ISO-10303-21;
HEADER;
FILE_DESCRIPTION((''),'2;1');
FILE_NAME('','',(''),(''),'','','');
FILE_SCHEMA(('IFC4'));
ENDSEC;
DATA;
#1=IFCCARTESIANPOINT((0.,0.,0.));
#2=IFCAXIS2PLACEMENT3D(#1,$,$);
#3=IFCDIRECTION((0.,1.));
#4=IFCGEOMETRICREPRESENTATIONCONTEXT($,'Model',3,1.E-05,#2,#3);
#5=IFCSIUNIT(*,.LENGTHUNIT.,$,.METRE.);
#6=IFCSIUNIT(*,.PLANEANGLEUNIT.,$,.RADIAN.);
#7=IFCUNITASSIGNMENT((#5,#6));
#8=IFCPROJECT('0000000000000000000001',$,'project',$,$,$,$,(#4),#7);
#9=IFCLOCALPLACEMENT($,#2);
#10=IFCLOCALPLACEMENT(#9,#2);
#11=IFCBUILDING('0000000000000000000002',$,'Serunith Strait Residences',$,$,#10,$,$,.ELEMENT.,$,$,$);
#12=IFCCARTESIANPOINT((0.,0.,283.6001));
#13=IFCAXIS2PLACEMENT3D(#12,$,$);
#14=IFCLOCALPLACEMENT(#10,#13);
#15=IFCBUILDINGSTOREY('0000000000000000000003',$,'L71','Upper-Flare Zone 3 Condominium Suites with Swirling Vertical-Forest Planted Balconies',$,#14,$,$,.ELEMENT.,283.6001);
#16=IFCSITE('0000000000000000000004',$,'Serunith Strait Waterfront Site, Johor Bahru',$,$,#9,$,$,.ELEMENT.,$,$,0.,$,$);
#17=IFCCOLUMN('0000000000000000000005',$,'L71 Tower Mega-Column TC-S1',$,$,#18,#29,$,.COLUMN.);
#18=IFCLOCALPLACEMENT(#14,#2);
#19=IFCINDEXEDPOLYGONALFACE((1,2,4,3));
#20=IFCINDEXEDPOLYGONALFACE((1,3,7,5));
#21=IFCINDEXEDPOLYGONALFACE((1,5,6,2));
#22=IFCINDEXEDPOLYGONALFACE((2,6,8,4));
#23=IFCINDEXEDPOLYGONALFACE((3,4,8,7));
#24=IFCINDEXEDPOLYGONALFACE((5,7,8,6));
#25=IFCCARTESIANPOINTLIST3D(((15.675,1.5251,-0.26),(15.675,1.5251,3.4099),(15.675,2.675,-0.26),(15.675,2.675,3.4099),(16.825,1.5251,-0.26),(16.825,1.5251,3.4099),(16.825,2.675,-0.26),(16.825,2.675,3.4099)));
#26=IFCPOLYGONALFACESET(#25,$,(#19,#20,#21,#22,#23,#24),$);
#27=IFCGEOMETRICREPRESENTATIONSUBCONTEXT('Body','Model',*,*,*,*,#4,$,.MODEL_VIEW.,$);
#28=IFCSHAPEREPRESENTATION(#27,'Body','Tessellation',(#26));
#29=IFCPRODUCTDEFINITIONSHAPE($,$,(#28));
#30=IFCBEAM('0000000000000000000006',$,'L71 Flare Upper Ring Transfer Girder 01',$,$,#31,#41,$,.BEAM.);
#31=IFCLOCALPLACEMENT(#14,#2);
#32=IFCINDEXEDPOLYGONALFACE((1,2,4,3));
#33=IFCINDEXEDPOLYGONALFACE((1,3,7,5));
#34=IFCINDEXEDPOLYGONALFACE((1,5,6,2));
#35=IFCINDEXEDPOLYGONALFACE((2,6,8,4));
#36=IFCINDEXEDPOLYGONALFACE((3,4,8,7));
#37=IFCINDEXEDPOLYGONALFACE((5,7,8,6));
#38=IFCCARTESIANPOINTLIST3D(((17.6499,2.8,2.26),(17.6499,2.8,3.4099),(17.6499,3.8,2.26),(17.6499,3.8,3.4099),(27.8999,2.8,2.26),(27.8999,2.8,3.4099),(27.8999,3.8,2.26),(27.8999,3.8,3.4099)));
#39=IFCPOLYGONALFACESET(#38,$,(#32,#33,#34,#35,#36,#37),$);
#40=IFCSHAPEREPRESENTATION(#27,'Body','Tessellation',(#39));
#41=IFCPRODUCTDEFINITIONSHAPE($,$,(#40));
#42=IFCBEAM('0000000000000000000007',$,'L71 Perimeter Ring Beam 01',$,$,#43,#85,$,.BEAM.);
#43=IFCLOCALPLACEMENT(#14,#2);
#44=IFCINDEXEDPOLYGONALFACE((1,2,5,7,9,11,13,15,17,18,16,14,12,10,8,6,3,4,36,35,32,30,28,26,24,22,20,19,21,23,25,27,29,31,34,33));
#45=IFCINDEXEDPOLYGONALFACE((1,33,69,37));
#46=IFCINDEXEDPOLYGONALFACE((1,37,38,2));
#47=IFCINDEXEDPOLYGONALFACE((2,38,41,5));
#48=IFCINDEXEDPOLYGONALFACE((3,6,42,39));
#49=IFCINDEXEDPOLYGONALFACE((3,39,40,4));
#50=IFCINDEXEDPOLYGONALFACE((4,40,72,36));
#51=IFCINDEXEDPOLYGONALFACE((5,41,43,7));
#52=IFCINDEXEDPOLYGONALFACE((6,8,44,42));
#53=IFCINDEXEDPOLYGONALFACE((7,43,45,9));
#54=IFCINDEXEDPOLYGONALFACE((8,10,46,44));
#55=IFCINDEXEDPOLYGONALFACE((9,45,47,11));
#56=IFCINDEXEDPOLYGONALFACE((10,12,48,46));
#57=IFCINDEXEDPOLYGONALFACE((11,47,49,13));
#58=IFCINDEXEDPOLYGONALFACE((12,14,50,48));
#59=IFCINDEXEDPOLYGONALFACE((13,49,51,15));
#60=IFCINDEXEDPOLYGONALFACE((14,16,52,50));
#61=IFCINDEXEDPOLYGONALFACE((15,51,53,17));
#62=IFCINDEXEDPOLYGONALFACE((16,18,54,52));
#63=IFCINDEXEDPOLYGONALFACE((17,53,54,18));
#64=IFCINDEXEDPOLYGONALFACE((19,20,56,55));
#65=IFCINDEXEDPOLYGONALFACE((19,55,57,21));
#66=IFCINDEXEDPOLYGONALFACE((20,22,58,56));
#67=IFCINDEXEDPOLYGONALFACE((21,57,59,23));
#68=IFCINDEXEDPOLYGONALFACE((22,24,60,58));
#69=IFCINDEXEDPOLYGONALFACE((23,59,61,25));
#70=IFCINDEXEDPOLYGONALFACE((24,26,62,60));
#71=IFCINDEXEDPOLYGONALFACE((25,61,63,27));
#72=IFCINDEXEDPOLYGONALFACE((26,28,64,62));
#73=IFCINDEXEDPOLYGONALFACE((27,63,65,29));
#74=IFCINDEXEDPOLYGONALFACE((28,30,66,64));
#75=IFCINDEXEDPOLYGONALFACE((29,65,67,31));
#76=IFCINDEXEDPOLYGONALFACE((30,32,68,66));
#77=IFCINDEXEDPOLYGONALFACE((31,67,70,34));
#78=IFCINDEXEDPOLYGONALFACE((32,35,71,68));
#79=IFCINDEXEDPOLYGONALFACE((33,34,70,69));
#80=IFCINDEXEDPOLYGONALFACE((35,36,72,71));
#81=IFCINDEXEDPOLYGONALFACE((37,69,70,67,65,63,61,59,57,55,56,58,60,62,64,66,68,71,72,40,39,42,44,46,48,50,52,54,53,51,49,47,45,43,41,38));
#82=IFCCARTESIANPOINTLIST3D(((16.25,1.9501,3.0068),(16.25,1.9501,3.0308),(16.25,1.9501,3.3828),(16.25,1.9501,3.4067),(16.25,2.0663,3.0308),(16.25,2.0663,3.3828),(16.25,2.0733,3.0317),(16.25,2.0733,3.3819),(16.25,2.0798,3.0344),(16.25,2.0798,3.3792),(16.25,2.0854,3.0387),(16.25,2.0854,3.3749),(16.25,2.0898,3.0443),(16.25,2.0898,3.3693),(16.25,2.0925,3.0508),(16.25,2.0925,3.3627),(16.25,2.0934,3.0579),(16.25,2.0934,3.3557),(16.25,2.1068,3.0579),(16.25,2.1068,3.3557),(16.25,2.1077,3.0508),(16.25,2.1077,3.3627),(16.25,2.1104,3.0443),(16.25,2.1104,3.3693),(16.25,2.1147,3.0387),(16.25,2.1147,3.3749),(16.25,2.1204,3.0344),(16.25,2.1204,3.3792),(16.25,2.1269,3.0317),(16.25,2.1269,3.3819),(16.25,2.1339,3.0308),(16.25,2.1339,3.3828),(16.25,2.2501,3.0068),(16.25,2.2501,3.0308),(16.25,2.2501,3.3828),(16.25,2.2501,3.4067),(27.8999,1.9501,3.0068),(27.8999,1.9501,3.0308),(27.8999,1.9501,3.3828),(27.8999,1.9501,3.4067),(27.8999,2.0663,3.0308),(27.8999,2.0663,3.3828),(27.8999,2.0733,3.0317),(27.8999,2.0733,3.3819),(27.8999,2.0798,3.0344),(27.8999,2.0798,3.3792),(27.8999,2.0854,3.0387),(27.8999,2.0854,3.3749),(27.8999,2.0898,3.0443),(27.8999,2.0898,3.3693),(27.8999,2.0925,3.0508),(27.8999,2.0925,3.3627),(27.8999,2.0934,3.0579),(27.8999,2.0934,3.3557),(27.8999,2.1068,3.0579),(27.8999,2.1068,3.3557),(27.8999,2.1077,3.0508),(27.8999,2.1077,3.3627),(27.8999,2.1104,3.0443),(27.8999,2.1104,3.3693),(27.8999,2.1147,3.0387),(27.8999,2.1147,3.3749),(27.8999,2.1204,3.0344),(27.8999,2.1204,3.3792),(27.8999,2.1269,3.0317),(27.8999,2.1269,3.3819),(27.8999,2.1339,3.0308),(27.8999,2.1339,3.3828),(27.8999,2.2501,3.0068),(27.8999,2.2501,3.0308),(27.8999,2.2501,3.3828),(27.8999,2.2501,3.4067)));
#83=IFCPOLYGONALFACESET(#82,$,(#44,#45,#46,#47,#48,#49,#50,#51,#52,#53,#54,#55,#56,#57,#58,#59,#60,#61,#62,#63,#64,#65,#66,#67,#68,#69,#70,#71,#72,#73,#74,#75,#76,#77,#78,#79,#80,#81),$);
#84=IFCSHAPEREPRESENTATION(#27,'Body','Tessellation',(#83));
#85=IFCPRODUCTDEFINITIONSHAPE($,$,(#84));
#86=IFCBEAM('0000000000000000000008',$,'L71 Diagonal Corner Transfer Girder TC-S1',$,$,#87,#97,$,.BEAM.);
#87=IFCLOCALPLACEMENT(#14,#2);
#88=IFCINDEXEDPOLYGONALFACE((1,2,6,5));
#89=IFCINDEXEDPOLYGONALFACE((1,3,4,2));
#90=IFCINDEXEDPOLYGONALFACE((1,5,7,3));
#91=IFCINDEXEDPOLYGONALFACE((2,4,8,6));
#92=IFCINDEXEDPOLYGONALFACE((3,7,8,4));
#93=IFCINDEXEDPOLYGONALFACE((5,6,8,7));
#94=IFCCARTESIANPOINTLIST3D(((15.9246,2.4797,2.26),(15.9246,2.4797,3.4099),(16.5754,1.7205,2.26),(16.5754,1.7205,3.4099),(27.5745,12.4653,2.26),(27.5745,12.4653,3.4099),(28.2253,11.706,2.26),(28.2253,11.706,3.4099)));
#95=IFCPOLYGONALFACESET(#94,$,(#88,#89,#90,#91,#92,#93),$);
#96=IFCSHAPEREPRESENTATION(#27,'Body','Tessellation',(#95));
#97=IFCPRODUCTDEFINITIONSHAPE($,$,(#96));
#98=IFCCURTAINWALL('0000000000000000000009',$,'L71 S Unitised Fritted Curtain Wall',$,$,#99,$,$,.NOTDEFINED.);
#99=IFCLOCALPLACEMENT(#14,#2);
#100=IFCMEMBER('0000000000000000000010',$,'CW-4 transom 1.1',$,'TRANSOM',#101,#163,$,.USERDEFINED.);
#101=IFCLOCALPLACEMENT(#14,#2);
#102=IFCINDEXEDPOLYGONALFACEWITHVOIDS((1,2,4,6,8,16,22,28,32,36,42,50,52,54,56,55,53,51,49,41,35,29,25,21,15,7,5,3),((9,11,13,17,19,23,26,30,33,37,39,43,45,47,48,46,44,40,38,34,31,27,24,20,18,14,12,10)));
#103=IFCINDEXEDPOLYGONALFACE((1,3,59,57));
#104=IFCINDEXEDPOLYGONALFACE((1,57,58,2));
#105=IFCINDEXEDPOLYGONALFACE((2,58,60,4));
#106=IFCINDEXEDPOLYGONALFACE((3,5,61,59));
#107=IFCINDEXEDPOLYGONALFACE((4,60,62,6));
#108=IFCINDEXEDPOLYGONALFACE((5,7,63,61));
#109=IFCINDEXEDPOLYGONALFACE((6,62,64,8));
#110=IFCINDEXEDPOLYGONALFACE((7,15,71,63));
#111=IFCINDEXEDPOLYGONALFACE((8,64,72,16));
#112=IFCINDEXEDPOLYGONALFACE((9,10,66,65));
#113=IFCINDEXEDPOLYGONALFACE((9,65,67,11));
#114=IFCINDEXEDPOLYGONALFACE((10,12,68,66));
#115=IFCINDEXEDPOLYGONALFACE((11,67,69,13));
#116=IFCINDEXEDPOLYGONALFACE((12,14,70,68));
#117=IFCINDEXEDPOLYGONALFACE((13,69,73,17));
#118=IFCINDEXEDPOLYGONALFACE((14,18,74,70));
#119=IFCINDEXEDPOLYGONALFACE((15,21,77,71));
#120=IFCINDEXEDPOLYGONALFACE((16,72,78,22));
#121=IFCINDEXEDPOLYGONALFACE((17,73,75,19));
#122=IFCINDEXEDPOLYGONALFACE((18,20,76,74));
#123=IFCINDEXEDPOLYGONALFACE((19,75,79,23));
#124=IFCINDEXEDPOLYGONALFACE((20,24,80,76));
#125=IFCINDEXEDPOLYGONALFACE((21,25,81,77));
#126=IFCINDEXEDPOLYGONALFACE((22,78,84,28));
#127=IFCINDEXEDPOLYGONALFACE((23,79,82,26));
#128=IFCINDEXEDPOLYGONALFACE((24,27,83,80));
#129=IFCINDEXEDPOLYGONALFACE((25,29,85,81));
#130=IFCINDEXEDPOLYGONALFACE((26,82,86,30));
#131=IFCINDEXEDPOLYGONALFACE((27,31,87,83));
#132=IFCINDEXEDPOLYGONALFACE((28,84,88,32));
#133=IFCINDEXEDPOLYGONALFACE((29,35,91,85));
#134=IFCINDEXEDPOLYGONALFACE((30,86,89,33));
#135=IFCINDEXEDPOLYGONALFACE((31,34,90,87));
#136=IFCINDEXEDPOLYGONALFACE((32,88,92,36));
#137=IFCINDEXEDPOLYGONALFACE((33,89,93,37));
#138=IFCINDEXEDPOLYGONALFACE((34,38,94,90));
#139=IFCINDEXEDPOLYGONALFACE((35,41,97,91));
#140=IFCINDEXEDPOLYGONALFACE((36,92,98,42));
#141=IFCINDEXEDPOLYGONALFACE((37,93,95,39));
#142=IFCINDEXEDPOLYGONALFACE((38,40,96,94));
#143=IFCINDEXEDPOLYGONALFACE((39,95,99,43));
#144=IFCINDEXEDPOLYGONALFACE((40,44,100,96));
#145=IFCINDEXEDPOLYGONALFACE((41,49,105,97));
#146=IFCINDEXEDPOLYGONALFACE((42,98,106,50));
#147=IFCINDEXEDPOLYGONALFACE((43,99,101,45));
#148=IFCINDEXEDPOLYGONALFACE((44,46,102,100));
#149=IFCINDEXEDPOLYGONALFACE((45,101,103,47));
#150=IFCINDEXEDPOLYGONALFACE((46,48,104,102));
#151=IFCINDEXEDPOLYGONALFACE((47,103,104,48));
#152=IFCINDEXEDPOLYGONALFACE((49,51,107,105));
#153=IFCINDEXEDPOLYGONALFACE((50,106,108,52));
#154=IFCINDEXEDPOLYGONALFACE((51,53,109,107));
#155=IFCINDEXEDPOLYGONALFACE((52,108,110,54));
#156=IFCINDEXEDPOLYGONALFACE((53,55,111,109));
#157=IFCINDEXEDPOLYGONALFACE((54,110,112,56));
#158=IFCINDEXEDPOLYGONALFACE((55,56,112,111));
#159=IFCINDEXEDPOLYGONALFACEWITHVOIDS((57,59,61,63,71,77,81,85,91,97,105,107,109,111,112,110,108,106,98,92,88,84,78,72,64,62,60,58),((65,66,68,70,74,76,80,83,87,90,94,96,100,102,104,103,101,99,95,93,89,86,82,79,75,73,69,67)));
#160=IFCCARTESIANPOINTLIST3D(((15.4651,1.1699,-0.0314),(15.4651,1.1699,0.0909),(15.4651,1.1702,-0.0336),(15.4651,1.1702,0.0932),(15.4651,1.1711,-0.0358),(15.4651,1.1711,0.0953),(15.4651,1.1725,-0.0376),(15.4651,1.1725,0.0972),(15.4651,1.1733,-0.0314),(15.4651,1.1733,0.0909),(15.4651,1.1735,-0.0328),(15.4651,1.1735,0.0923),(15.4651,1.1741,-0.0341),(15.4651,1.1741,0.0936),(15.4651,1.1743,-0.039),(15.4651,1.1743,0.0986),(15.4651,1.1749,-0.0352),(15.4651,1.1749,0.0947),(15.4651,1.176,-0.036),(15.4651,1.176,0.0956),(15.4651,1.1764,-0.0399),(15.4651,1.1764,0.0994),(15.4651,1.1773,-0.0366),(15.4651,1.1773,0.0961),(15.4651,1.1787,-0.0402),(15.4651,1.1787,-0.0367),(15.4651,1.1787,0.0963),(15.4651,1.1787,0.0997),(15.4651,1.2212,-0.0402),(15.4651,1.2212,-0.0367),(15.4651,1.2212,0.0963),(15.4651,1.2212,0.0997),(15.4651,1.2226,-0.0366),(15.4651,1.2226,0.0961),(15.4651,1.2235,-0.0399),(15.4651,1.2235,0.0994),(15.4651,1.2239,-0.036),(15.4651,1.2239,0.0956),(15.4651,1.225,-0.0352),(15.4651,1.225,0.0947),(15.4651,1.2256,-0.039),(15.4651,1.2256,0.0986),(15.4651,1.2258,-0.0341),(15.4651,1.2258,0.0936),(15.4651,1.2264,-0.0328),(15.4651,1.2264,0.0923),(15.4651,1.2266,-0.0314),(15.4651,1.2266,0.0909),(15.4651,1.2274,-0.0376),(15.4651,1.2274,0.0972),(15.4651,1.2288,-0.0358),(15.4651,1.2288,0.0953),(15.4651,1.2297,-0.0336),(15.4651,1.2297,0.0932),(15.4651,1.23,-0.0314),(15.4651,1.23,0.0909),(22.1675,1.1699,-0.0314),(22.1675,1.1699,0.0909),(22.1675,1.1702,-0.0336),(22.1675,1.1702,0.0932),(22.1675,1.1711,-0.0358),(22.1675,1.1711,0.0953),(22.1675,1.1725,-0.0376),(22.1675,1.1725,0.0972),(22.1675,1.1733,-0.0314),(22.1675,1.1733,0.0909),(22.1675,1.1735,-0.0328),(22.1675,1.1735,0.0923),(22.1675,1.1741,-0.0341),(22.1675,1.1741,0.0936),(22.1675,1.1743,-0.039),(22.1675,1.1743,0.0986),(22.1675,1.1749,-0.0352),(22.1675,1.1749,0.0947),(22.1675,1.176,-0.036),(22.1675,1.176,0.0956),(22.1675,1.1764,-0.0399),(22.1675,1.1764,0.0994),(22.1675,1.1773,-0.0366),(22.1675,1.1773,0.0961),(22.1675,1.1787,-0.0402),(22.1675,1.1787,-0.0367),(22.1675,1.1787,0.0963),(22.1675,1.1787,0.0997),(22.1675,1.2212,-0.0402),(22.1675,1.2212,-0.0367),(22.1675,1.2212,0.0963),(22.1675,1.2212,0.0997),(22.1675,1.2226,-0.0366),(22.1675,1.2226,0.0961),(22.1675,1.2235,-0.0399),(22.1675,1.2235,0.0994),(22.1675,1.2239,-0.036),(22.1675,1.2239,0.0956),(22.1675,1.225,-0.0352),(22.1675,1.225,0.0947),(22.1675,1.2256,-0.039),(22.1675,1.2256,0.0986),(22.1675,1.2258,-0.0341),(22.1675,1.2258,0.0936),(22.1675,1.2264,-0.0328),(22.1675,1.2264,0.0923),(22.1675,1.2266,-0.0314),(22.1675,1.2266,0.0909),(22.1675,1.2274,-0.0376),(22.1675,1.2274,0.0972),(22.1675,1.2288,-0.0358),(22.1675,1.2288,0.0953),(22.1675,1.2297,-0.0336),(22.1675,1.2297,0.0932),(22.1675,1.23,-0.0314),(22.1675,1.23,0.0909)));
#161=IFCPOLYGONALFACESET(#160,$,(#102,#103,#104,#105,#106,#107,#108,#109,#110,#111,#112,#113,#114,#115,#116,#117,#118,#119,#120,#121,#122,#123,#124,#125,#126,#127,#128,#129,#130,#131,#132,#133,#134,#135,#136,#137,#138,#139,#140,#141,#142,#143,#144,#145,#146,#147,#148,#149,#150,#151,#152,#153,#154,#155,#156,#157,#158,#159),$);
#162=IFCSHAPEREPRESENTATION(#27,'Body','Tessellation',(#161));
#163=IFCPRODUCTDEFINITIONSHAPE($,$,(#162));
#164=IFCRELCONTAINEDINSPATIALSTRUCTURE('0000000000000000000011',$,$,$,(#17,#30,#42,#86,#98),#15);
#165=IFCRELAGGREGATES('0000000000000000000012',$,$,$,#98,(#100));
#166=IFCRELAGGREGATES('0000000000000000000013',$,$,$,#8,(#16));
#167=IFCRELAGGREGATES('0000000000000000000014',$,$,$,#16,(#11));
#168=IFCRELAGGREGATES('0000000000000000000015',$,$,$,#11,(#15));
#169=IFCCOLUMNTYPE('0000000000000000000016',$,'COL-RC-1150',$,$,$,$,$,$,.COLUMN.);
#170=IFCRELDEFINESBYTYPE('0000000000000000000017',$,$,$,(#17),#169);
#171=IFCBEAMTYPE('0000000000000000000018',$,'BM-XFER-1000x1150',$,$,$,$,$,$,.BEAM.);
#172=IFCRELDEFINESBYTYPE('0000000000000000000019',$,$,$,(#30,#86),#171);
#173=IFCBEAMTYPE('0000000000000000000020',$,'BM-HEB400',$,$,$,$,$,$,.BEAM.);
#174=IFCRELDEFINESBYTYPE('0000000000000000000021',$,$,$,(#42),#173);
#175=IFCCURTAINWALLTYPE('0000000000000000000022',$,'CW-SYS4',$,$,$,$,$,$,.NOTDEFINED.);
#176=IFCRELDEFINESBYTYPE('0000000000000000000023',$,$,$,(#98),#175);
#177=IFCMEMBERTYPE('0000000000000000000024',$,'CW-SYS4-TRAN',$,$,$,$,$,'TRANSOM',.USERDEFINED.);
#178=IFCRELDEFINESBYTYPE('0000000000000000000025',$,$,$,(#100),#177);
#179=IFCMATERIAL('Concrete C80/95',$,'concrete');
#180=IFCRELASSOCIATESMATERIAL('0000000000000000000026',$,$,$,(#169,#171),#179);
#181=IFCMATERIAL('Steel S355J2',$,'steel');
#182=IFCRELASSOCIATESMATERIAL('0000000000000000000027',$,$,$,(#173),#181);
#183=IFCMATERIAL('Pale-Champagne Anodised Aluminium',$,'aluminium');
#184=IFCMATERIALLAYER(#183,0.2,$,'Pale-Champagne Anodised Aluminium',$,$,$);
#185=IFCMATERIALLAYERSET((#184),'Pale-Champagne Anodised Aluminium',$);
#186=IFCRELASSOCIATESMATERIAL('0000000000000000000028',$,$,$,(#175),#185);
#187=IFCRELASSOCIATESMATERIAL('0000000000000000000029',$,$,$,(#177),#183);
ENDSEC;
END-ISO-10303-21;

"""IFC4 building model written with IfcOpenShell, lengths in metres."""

from ifc_helpers import new_model, si_unit, direction, frame, origin, origin_2d, place, context, subcontext, project, spatial, rectangle, hollow_rectangle, i_section, extrude, source, transform, mapped, material, layer, layer_set, material_profile, profile_set, type_object, element, aggregate, save


model = new_model("IFC4")

# Units and contexts
model_context = context("Model", 3, precision=1e-05, world=origin(), true_north=direction((0.0, 1.0)))
body_context = subcontext(model_context, "Body", "Model", "MODEL_VIEW")
ifc_project = project(units=[si_unit("LENGTHUNIT", "METRE"), si_unit("PLANEANGLEUNIT", "RADIAN")], contexts=[model_context])

# Site, building, storey
site_placement = place(None, origin())
site = spatial("IfcSite", under=ifc_project, at=site_placement, Name="Serunith Strait Waterfront Site, Johor Bahru", CompositionType="ELEMENT", RefElevation=0.0)
building_placement = place(site_placement, origin())
building = spatial("IfcBuilding", under=site, at=building_placement, Name="Serunith Strait Residences", CompositionType="ELEMENT")
storey_placement = place(building_placement, frame((0.0, 0.0, 283.6001)))
storey = spatial("IfcBuildingStorey", under=building, at=storey_placement, Name="L71", Description="Upper-Flare Zone 3 Condominium Suites with Swirling Vertical-Forest Planted Balconies", CompositionType="ELEMENT", Elevation=283.6001)

# Column
ifc_material_1 = material(Name="Concrete C80/95", Category="concrete")
ifc_material_profile_1 = material_profile(ifc_material_1, rectangle(XDim=1.1499, YDim=1.1499, at=origin_2d()), Name="RC 1150x1150")
ifc_profile_set_1 = profile_set([ifc_material_profile_1], Name="Concrete C80/95")
column_type = type_object("IfcColumnType", Name="COL-RC-1150", PredefinedType="COLUMN", material=ifc_profile_set_1)
shared_shape_1 = source(origin(), body_context, "Body", "SweptSolid", [
    extrude(rectangle(XDim=1.1499, YDim=1.1499, at=origin_2d()), origin(), (0.0, 0.0, 1.0), 3.6699),
])
column_placement = place(storey_placement, frame((16.25, 2.1001, -0.26), z_axis=(0.0, 0.0, 1.0), x_axis=(1.0, 0.0, 0.0)))
element("IfcColumn", 1, at=column_placement, inside=storey, type_object=column_type, Name="L71 Tower Mega-Column TC-S1", PredefinedType="COLUMN", context=body_context, shape_type="MappedRepresentation", body=[
    mapped(shared_shape_1, transform((0.0, 0.0, 0.0), scale=1.0)),
])

# Beams
ifc_material_profile_2 = material_profile(ifc_material_1, rectangle(XDim=1.0, YDim=1.1499, at=origin_2d()), Name="RC 1000x1150")
ifc_profile_set_2 = profile_set([ifc_material_profile_2], Name="Concrete C80/95")
beam_type_1 = type_object("IfcBeamType", Name="BM-XFER-1000x1150", PredefinedType="BEAM", material=ifc_profile_set_2)
shared_shape_2 = source(origin(), body_context, "Body", "SweptSolid", [
    extrude(rectangle(XDim=1.0, YDim=1.1499, at=origin_2d()), origin(), (0.0, 0.0, 1.0), 10.25),
])
beam_1_placement = place(storey_placement, frame((17.6499, 3.3, 2.835), z_axis=(1.0, 0.0, 0.0), x_axis=(0.0, 1.0, 0.0)))
element("IfcBeam", 2, at=beam_1_placement, inside=storey, type_object=beam_type_1, Name="L71 Flare Upper Ring Transfer Girder 01", PredefinedType="BEAM", context=body_context, shape_type="MappedRepresentation", body=[
    mapped(shared_shape_2, transform((0.0, 0.0, 0.0), scale=1.0)),
])
ifc_material_2 = material(Name="Steel S355J2", Category="steel")
ifc_material_profile_3 = material_profile(ifc_material_2, i_section(OverallWidth=0.3, OverallDepth=0.3999, WebThickness=0.0134, FlangeThickness=0.0239, FilletRadius=0.0271, at=origin_2d()), Name="HEB 400")
ifc_profile_set_3 = profile_set([ifc_material_profile_3], Name="Steel S355J2")
beam_type_2 = type_object("IfcBeamType", Name="BM-HEB400", PredefinedType="BEAM", material=ifc_profile_set_3)
shared_shape_3 = source(origin(), body_context, "Body", "SweptSolid", [
    extrude(i_section(OverallWidth=0.3, OverallDepth=0.3999, WebThickness=0.0134, FlangeThickness=0.0239, FilletRadius=0.0271, at=origin_2d()), origin(), (0.0, 0.0, 1.0), 11.6499),
])
beam_2_placement = place(storey_placement, frame((16.25, 2.1001, 3.2068), z_axis=(1.0, 0.0, 0.0), x_axis=(0.0, 1.0, 0.0)))
element("IfcBeam", 3, at=beam_2_placement, inside=storey, type_object=beam_type_2, Name="L71 Perimeter Ring Beam 01", PredefinedType="BEAM", context=body_context, shape_type="MappedRepresentation", body=[
    mapped(shared_shape_3, transform((0.0, 0.0, 0.0), scale=1.0)),
])
shared_shape_4 = source(origin(), body_context, "Body", "SweptSolid", [
    extrude(rectangle(XDim=1.0, YDim=1.1499, at=origin_2d()), origin(), (0.0, 0.0, 1.0), 15.3438),
])
beam_3_placement = place(storey_placement, frame((16.25, 2.1001, 2.835), z_axis=(0.759258, 0.65079, 0.0), x_axis=(-0.65079, 0.759258, 0.0)))
element("IfcBeam", 4, at=beam_3_placement, inside=storey, type_object=beam_type_1, Name="L71 Diagonal Corner Transfer Girder TC-S1", PredefinedType="BEAM", context=body_context, shape_type="MappedRepresentation", body=[
    mapped(shared_shape_4, transform((0.0, 0.0, 0.0), scale=1.0)),
])

# Curtain wall, member
ifc_material_3 = material(Name="Pale-Champagne Anodised Aluminium", Category="aluminium")
ifc_layer_1 = layer(ifc_material_3, 0.2, Name="Pale-Champagne Anodised Aluminium")
ifc_layer_set_1 = layer_set([ifc_layer_1], Name="Pale-Champagne Anodised Aluminium")
curtain_wall_type = type_object("IfcCurtainWallType", Name="CW-SYS4", PredefinedType="NOTDEFINED", material=ifc_layer_set_1)
curtain_wall_1_placement = place(storey_placement, origin())
curtain_wall_1 = element("IfcCurtainWall", 5, at=curtain_wall_1_placement, inside=storey, type_object=curtain_wall_type, Name="L71 S Unitised Fritted Curtain Wall", PredefinedType="NOTDEFINED")
ifc_material_profile_4 = material_profile(ifc_material_3, hollow_rectangle(XDim=0.0601, YDim=0.1399, WallThickness=0.0034, InnerFilletRadius=0.0054, OuterFilletRadius=0.0088, at=origin_2d()), Name="ALU 140x60x3.5")
ifc_profile_set_4 = profile_set([ifc_material_profile_4], Name="Pale-Champagne Anodised Aluminium")
member_type_1 = type_object("IfcMemberType", Name="CW-SYS4-TRAN", ElementType="TRANSOM", PredefinedType="USERDEFINED", material=ifc_profile_set_4)
shared_shape_5 = source(origin(), body_context, "Body", "SweptSolid", [
    extrude(hollow_rectangle(XDim=0.0601, YDim=0.1399, WallThickness=0.0034, InnerFilletRadius=0.0054, OuterFilletRadius=0.0088, at=origin_2d()), origin(), (0.0, 0.0, 1.0), 6.7024),
])
member_1_placement = place(storey_placement, frame((15.4651, 1.2, 0.0298), z_axis=(1.0, 0.0, 0.0), x_axis=(0.0, 1.0, 0.0)))
member_1 = element("IfcMember", 6, at=member_1_placement, type_object=member_type_1, Name="CW-4 transom 1.1", ObjectType="TRANSOM", PredefinedType="USERDEFINED", context=body_context, shape_type="MappedRepresentation", body=[
    mapped(shared_shape_5, transform((0.0, 0.0, 0.0), scale=1.0)),
])
aggregate(curtain_wall_1, [member_1])

save(model, "model.ifc")
